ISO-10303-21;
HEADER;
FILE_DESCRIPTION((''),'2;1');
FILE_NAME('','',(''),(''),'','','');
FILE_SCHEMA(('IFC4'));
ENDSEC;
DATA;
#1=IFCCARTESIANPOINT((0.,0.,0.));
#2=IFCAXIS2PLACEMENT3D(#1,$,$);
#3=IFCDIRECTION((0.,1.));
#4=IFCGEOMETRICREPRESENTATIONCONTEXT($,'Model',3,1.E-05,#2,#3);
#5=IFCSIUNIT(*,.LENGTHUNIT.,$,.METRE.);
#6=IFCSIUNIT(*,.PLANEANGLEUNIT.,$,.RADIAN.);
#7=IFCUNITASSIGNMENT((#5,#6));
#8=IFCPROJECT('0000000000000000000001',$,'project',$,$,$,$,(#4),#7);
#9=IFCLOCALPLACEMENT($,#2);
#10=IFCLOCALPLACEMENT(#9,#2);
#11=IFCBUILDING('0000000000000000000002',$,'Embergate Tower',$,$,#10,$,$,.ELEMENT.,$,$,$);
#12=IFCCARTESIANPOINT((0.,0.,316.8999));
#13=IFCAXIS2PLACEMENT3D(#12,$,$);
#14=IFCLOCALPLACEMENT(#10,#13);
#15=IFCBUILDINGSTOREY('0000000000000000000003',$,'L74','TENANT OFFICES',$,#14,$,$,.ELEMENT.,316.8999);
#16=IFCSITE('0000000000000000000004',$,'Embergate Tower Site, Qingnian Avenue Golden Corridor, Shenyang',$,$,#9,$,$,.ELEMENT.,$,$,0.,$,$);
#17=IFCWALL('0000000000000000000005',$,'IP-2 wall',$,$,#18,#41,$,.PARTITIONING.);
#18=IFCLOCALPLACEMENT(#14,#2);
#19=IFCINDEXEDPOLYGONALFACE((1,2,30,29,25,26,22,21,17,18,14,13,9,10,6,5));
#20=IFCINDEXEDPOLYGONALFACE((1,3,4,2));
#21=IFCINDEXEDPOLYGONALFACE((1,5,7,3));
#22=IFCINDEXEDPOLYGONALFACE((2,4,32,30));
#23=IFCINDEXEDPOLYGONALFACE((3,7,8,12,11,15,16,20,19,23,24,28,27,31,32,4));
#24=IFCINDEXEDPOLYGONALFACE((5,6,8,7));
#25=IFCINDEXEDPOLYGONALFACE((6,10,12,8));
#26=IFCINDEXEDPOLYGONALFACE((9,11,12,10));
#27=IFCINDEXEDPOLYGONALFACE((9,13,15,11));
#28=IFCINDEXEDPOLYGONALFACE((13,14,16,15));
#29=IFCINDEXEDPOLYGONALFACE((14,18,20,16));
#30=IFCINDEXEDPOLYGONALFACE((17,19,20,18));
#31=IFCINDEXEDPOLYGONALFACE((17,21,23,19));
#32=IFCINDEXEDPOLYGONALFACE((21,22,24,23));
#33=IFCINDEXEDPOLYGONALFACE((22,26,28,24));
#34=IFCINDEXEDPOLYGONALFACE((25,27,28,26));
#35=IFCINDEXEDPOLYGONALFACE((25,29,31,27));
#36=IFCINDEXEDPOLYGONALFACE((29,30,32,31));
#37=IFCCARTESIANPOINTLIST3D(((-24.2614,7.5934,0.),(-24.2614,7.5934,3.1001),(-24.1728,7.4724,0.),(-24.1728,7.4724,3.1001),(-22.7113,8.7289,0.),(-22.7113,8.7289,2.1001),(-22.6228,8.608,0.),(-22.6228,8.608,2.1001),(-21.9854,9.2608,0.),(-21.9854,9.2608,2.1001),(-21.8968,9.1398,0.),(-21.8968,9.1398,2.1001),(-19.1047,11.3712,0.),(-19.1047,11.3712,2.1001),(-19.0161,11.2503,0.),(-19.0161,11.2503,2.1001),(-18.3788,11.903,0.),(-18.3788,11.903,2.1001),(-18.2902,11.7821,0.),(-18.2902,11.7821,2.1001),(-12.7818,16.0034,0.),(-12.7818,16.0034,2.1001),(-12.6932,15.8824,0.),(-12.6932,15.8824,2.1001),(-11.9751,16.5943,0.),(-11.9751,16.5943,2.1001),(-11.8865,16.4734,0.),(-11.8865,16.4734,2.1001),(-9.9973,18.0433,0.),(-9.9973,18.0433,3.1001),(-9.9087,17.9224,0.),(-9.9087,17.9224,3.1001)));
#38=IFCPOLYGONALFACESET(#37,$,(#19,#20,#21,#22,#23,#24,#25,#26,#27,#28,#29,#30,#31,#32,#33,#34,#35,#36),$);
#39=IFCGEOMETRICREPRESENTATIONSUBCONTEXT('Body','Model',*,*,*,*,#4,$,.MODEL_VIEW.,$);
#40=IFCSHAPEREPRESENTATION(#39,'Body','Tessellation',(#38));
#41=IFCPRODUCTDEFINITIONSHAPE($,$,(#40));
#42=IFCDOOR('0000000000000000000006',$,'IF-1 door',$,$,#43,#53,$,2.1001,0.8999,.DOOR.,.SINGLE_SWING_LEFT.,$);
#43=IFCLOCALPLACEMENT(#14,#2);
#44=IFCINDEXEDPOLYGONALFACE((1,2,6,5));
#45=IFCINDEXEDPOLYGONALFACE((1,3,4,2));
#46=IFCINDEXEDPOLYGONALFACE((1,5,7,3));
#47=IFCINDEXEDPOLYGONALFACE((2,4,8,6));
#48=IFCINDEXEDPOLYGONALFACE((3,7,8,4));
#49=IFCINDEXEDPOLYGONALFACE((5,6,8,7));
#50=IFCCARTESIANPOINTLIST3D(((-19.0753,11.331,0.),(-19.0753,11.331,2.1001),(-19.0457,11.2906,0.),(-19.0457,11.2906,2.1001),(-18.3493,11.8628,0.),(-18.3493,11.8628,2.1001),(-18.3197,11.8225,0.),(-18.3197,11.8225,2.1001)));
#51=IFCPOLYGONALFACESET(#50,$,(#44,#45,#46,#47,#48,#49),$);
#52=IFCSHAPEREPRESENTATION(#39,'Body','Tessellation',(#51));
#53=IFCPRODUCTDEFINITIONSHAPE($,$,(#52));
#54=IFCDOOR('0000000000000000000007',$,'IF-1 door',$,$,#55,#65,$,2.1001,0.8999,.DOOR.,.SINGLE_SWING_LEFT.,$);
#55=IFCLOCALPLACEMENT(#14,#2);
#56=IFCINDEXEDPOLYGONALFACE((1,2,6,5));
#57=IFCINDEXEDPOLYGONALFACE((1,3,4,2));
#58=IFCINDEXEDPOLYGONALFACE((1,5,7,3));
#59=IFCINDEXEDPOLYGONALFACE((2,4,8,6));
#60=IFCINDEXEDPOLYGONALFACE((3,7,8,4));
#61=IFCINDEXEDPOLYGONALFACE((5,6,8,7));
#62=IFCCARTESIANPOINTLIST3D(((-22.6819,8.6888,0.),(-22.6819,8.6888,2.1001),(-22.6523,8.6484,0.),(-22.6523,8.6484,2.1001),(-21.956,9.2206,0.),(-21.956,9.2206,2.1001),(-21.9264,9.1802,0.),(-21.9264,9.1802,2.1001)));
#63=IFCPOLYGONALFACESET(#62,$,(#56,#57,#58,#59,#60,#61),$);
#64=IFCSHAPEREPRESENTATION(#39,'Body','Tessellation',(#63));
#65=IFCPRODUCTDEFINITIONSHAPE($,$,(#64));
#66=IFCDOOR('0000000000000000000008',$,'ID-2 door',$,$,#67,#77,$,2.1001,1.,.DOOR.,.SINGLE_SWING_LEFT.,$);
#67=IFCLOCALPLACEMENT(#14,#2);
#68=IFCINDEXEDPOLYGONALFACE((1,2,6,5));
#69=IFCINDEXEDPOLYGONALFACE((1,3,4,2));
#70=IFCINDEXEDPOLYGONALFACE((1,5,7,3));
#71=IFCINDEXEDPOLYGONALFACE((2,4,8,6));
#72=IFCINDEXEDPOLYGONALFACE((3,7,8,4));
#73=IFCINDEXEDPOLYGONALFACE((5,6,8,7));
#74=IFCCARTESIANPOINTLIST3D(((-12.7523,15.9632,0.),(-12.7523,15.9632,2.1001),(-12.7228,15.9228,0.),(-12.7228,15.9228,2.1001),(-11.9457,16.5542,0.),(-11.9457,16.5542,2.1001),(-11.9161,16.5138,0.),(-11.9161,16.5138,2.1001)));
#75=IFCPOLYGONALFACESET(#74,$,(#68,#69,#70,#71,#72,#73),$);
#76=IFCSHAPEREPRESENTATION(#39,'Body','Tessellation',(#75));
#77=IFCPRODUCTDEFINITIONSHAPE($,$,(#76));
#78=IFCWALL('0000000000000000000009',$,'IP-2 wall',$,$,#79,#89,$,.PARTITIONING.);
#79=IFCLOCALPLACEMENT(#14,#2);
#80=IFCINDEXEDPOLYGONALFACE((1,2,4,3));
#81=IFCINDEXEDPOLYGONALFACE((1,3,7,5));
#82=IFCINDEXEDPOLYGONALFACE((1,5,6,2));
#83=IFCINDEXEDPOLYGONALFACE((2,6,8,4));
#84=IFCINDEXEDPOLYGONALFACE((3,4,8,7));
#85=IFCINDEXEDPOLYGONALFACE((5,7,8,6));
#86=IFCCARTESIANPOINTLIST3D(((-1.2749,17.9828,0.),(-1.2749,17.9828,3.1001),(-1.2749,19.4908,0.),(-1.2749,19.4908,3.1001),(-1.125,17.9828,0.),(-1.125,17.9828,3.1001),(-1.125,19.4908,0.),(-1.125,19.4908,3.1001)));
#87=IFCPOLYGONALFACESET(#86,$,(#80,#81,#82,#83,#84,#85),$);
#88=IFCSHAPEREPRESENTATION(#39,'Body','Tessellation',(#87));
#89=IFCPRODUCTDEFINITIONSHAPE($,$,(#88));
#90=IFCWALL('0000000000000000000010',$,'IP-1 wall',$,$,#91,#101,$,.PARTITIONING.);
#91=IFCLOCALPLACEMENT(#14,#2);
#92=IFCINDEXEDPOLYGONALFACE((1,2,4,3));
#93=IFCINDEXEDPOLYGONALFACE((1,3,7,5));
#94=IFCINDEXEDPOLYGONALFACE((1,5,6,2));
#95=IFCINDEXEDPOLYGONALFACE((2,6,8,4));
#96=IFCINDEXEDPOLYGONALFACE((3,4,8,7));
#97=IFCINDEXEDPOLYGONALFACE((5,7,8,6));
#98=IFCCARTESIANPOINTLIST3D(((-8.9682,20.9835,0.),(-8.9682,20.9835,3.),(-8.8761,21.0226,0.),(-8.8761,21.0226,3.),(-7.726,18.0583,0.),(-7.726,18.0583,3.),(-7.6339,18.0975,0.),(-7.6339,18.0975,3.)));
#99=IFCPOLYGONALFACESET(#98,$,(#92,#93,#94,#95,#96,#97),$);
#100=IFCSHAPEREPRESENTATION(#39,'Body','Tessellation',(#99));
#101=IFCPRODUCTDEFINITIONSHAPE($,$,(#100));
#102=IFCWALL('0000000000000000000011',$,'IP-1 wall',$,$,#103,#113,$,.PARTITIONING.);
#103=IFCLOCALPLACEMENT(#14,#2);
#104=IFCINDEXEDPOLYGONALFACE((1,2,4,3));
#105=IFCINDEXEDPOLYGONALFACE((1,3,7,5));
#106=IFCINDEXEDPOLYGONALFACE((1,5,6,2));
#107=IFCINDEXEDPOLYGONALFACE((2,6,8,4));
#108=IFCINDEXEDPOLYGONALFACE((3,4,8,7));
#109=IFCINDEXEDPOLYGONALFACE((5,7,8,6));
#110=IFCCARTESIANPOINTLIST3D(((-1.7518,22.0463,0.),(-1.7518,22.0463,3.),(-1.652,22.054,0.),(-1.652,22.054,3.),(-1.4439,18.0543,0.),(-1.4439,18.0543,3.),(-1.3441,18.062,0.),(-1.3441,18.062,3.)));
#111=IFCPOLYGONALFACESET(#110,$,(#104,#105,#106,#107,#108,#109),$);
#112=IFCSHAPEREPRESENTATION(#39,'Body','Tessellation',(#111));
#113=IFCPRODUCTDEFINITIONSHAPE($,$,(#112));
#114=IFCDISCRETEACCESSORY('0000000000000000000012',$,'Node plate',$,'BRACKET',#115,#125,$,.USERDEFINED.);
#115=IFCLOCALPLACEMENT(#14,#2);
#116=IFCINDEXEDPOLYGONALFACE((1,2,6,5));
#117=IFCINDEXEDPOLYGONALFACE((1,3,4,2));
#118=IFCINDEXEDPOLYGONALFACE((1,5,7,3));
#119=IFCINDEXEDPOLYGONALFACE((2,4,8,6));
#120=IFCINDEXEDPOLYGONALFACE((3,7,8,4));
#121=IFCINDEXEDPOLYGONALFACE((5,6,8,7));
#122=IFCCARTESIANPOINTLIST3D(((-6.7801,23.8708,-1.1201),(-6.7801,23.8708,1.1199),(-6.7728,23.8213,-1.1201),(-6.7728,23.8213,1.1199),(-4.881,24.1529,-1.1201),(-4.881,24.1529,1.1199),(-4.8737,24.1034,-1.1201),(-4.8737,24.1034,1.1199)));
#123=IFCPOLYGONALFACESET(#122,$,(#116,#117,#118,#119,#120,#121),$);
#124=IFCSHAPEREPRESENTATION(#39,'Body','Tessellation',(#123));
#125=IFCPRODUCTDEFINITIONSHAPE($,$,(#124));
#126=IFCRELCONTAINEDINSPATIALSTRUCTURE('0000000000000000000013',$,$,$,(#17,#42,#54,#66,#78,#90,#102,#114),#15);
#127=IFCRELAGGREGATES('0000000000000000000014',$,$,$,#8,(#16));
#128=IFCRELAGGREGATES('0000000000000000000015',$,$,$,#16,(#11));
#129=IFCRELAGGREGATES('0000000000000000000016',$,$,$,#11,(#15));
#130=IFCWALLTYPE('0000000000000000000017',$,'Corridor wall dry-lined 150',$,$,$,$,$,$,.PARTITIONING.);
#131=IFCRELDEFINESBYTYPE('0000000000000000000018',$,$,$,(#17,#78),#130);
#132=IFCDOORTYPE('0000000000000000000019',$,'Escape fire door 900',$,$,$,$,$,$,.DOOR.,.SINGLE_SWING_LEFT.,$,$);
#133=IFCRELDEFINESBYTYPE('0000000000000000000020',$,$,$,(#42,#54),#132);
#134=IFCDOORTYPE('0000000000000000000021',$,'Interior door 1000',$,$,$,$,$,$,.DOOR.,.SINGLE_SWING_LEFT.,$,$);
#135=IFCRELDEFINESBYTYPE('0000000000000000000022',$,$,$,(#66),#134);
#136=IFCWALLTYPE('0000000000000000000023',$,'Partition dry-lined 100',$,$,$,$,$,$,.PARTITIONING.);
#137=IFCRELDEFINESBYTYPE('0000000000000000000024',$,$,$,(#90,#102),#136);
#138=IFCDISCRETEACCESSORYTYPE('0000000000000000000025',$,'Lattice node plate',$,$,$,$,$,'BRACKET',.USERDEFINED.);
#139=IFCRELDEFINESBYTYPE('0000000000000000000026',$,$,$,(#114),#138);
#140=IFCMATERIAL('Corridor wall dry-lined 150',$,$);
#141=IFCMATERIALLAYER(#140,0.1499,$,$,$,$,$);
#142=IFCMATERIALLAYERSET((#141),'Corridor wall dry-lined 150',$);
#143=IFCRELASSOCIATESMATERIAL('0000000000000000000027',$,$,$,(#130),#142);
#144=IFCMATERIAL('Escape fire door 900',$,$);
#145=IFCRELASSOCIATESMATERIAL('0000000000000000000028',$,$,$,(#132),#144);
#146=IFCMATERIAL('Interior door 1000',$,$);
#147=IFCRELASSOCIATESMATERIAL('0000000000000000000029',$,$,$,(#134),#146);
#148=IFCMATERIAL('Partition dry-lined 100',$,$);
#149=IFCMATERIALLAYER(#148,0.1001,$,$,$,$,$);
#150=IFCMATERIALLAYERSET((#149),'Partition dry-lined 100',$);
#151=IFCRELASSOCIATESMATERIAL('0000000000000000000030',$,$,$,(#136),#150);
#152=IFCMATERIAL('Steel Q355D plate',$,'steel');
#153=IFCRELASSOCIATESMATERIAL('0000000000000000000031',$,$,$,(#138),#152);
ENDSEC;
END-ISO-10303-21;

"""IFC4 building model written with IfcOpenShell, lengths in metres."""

from ifc_helpers import new_model, si_unit, direction, frame, frame_2d, origin, origin_2d, place, context, subcontext, project, spatial, rectangle, extrude, source, transform, mapped, material, layer, layer_set, type_object, element, fill, save


model = new_model("IFC4")

# Units and contexts
model_context = context("Model", 3, precision=1e-05, world=origin(), true_north=direction((0.0, 1.0)))
body_context = subcontext(model_context, "Body", "Model", "MODEL_VIEW")
ifc_project = project(units=[si_unit("LENGTHUNIT", "METRE"), si_unit("PLANEANGLEUNIT", "RADIAN")], contexts=[model_context])

# Site, building, storey
site_placement = place(None, origin())
site = spatial("IfcSite", under=ifc_project, at=site_placement, Name="Embergate Tower Site, Qingnian Avenue Golden Corridor, Shenyang", CompositionType="ELEMENT", RefElevation=0.0)
building_placement = place(site_placement, origin())
building = spatial("IfcBuilding", under=site, at=building_placement, Name="Embergate Tower", CompositionType="ELEMENT")
storey_placement = place(building_placement, frame((0.0, 0.0, 316.8999)))
storey = spatial("IfcBuildingStorey", under=building, at=storey_placement, Name="L74", Description="TENANT OFFICES", CompositionType="ELEMENT", Elevation=316.8999)

# Shared definitions
ifc_material_1 = material(Name="Corridor wall dry-lined 150")
ifc_layer_1 = layer(ifc_material_1, 0.1499)
ifc_layer_set_1 = layer_set([ifc_layer_1], Name="Corridor wall dry-lined 150")
wall_type_1 = type_object("IfcWallType", Name="Corridor wall dry-lined 150", PredefinedType="PARTITIONING", material=ifc_layer_set_1)

# Wall, openings, doors
shared_shape_1 = source(origin(), body_context, "Body", "SweptSolid", [
    extrude(rectangle(XDim=17.6824, YDim=0.1499, at=frame_2d((8.8413, 0.0))), origin(), (0.0, 0.0, 1.0), 3.1001),
])
wall_1_placement = place(storey_placement, frame((-9.9529, 17.9829, 0.0), z_axis=(0.0, 0.0, 1.0), x_axis=(-0.806686, -0.59098, 0.0)))
wall_1 = element("IfcWall", 1, at=wall_1_placement, inside=storey, type_object=wall_type_1, Name="IP-2 wall", PredefinedType="PARTITIONING", context=body_context, shape_type="MappedRepresentation", body=[
    mapped(shared_shape_1, transform((0.0, 0.0, 0.0))),
])
shared_shape_2 = source(origin(), body_context, "Body", "SweptSolid", [
    extrude(rectangle(XDim=1.0, YDim=2.1001, at=frame_2d((0.5, 1.05))), frame((0.0, 0.085, 0.0), z_axis=(0.0, -1.0, 0.0), x_axis=(1.0, 0.0, 0.0)), (0.0, 0.0, 1.0), 0.1699),
])
opening_1_placement = place(wall_1_placement, frame((2.4519, 0.0, 0.0)))
opening_1 = element("IfcOpeningElement", 2, at=opening_1_placement, cuts=wall_1, PredefinedType="OPENING", context=body_context, shape_type="MappedRepresentation", body=[
    mapped(shared_shape_2, transform((0.0, 0.0, 0.0))),
])
shared_shape_3 = source(origin(), body_context, "Body", "SweptSolid", [
    extrude(rectangle(XDim=0.8999, YDim=2.1001, at=frame_2d((0.45, 1.05))), frame((0.0, 0.085, 0.0), z_axis=(0.0, -1.0, 0.0), x_axis=(1.0, 0.0, 0.0)), (0.0, 0.0, 1.0), 0.1699),
])
opening_2_placement = place(wall_1_placement, frame((10.3901, 0.0, 0.0)))
opening_2 = element("IfcOpeningElement", 3, at=opening_2_placement, cuts=wall_1, PredefinedType="OPENING", context=body_context, shape_type="MappedRepresentation", body=[
    mapped(shared_shape_3, transform((0.0, 0.0, 0.0))),
])
opening_3_placement = place(wall_1_placement, frame((14.8611, 0.0, 0.0)))
opening_3 = element("IfcOpeningElement", 4, at=opening_3_placement, cuts=wall_1, PredefinedType="OPENING", context=body_context, shape_type="MappedRepresentation", body=[
    mapped(shared_shape_3, transform((0.0, 0.0, 0.0))),
])
ifc_material_2 = material(Name="Escape fire door 900")
door_type_1 = type_object("IfcDoorType", Name="Escape fire door 900", OperationType="SINGLE_SWING_LEFT", PredefinedType="DOOR", material=ifc_material_2)
shared_shape_4 = source(origin(), body_context, "Body", "SweptSolid", [
    extrude(rectangle(XDim=0.8999, YDim=2.1001, at=frame_2d((0.45, 1.05))), frame((0.0, 0.0249, 0.0), z_axis=(0.0, -1.0, 0.0), x_axis=(1.0, 0.0, 0.0)), (0.0, 0.0, 1.0), 0.05),
])
door_1_placement = place(opening_2_placement, origin())
door_1 = element("IfcDoor", 5, at=door_1_placement, inside=storey, type_object=door_type_1, Name="IF-1 door", OperationType="SINGLE_SWING_LEFT", OverallHeight=2.1001, OverallWidth=0.8999, PredefinedType="DOOR", context=body_context, shape_type="MappedRepresentation", body=[
    mapped(shared_shape_4, transform((0.0, 0.0, 0.0))),
])
fill(opening_2, door_1)
door_2_placement = place(opening_3_placement, origin())
door_2 = element("IfcDoor", 6, at=door_2_placement, inside=storey, type_object=door_type_1, Name="IF-1 door", OperationType="SINGLE_SWING_LEFT", OverallHeight=2.1001, OverallWidth=0.8999, PredefinedType="DOOR", context=body_context, shape_type="MappedRepresentation", body=[
    mapped(shared_shape_4, transform((0.0, 0.0, 0.0))),
])
fill(opening_3, door_2)
ifc_material_3 = material(Name="Interior door 1000")
door_type_2 = type_object("IfcDoorType", Name="Interior door 1000", OperationType="SINGLE_SWING_LEFT", PredefinedType="DOOR", material=ifc_material_3)
shared_shape_5 = source(origin(), body_context, "Body", "SweptSolid", [
    extrude(rectangle(XDim=1.0, YDim=2.1001, at=frame_2d((0.5, 1.05))), frame((0.0, 0.0249, 0.0), z_axis=(0.0, -1.0, 0.0), x_axis=(1.0, 0.0, 0.0)), (0.0, 0.0, 1.0), 0.05),
])
door_3_placement = place(opening_1_placement, origin())
door_3 = element("IfcDoor", 7, at=door_3_placement, inside=storey, type_object=door_type_2, Name="ID-2 door", OperationType="SINGLE_SWING_LEFT", OverallHeight=2.1001, OverallWidth=1.0, PredefinedType="DOOR", context=body_context, shape_type="MappedRepresentation", body=[
    mapped(shared_shape_5, transform((0.0, 0.0, 0.0))),
])
fill(opening_1, door_3)

# Walls
shared_shape_6 = source(origin(), body_context, "Body", "SweptSolid", [
    extrude(rectangle(XDim=1.5081, YDim=0.1499, at=frame_2d((0.7539, 0.0))), origin(), (0.0, 0.0, 1.0), 3.1001),
])
wall_2_placement = place(storey_placement, frame((-1.2, 17.9829, 0.0), z_axis=(0.0, 0.0, 1.0), x_axis=(0.0, 1.0, 0.0)))
element("IfcWall", 8, at=wall_2_placement, inside=storey, type_object=wall_type_1, Name="IP-2 wall", PredefinedType="PARTITIONING", context=body_context, shape_type="MappedRepresentation", body=[
    mapped(shared_shape_6, transform((0.0, 0.0, 0.0))),
])
ifc_material_4 = material(Name="Partition dry-lined 100")
ifc_layer_2 = layer(ifc_material_4, 0.1001)
ifc_layer_set_2 = layer_set([ifc_layer_2], Name="Partition dry-lined 100")
wall_type_2 = type_object("IfcWallType", Name="Partition dry-lined 100", PredefinedType="PARTITIONING", material=ifc_layer_set_2)
shared_shape_7 = source(origin(), body_context, "Body", "SweptSolid", [
    extrude(rectangle(XDim=3.178, YDim=0.1001, at=frame_2d((1.5889, 0.0))), origin(), (0.0, 0.0, 1.0), 3.0),
])
wall_3_placement = place(storey_placement, frame((-8.9221, 21.0029, 0.0), z_axis=(0.0, 0.0, 1.0), x_axis=(0.390885, -0.920439, 0.0)))
element("IfcWall", 9, at=wall_3_placement, inside=storey, type_object=wall_type_2, Name="IP-1 wall", PredefinedType="PARTITIONING", context=body_context, shape_type="MappedRepresentation", body=[
    mapped(shared_shape_7, transform((0.0, 0.0, 0.0))),
])
shared_shape_8 = source(origin(), body_context, "Body", "SweptSolid", [
    extrude(rectangle(XDim=4.0039, YDim=0.1001, at=frame_2d((2.002, 0.0))), origin(), (0.0, 0.0, 1.0), 3.0),
])
wall_4_placement = place(storey_placement, frame((-1.394, 18.0581, 0.0), z_axis=(0.0, 0.0, 1.0), x_axis=(-0.076892, 0.997039, 0.0)))
element("IfcWall", 10, at=wall_4_placement, inside=storey, type_object=wall_type_2, Name="IP-1 wall", PredefinedType="PARTITIONING", context=body_context, shape_type="MappedRepresentation", body=[
    mapped(shared_shape_8, transform((0.0, 0.0, 0.0))),
])

# Discrete accessory
ifc_material_5 = material(Name="Steel Q355D plate", Category="steel")
discrete_accessory_type = type_object("IfcDiscreteAccessoryType", Name="Lattice node plate", ElementType="BRACKET", PredefinedType="USERDEFINED", material=ifc_material_5)
shared_shape_9 = source(origin(), body_context, "Body", "SweptSolid", [
    extrude(rectangle(XDim=1.9199, YDim=0.05, at=origin_2d()), origin(), (0.0, 0.0, 1.0), 2.24),
])
discrete_accessory_placement = place(storey_placement, frame((-5.8269, 23.9871, -1.1201), z_axis=(0.0, 0.0, 1.0), x_axis=(-0.989147, -0.146929, 0.0)))
element("IfcDiscreteAccessory", 11, at=discrete_accessory_placement, inside=storey, type_object=discrete_accessory_type, Name="Node plate", ObjectType="BRACKET", PredefinedType="USERDEFINED", context=body_context, shape_type="MappedRepresentation", body=[
    mapped(shared_shape_9, transform((0.0, 0.0, 0.0))),
])

save(model, "model.ifc")
